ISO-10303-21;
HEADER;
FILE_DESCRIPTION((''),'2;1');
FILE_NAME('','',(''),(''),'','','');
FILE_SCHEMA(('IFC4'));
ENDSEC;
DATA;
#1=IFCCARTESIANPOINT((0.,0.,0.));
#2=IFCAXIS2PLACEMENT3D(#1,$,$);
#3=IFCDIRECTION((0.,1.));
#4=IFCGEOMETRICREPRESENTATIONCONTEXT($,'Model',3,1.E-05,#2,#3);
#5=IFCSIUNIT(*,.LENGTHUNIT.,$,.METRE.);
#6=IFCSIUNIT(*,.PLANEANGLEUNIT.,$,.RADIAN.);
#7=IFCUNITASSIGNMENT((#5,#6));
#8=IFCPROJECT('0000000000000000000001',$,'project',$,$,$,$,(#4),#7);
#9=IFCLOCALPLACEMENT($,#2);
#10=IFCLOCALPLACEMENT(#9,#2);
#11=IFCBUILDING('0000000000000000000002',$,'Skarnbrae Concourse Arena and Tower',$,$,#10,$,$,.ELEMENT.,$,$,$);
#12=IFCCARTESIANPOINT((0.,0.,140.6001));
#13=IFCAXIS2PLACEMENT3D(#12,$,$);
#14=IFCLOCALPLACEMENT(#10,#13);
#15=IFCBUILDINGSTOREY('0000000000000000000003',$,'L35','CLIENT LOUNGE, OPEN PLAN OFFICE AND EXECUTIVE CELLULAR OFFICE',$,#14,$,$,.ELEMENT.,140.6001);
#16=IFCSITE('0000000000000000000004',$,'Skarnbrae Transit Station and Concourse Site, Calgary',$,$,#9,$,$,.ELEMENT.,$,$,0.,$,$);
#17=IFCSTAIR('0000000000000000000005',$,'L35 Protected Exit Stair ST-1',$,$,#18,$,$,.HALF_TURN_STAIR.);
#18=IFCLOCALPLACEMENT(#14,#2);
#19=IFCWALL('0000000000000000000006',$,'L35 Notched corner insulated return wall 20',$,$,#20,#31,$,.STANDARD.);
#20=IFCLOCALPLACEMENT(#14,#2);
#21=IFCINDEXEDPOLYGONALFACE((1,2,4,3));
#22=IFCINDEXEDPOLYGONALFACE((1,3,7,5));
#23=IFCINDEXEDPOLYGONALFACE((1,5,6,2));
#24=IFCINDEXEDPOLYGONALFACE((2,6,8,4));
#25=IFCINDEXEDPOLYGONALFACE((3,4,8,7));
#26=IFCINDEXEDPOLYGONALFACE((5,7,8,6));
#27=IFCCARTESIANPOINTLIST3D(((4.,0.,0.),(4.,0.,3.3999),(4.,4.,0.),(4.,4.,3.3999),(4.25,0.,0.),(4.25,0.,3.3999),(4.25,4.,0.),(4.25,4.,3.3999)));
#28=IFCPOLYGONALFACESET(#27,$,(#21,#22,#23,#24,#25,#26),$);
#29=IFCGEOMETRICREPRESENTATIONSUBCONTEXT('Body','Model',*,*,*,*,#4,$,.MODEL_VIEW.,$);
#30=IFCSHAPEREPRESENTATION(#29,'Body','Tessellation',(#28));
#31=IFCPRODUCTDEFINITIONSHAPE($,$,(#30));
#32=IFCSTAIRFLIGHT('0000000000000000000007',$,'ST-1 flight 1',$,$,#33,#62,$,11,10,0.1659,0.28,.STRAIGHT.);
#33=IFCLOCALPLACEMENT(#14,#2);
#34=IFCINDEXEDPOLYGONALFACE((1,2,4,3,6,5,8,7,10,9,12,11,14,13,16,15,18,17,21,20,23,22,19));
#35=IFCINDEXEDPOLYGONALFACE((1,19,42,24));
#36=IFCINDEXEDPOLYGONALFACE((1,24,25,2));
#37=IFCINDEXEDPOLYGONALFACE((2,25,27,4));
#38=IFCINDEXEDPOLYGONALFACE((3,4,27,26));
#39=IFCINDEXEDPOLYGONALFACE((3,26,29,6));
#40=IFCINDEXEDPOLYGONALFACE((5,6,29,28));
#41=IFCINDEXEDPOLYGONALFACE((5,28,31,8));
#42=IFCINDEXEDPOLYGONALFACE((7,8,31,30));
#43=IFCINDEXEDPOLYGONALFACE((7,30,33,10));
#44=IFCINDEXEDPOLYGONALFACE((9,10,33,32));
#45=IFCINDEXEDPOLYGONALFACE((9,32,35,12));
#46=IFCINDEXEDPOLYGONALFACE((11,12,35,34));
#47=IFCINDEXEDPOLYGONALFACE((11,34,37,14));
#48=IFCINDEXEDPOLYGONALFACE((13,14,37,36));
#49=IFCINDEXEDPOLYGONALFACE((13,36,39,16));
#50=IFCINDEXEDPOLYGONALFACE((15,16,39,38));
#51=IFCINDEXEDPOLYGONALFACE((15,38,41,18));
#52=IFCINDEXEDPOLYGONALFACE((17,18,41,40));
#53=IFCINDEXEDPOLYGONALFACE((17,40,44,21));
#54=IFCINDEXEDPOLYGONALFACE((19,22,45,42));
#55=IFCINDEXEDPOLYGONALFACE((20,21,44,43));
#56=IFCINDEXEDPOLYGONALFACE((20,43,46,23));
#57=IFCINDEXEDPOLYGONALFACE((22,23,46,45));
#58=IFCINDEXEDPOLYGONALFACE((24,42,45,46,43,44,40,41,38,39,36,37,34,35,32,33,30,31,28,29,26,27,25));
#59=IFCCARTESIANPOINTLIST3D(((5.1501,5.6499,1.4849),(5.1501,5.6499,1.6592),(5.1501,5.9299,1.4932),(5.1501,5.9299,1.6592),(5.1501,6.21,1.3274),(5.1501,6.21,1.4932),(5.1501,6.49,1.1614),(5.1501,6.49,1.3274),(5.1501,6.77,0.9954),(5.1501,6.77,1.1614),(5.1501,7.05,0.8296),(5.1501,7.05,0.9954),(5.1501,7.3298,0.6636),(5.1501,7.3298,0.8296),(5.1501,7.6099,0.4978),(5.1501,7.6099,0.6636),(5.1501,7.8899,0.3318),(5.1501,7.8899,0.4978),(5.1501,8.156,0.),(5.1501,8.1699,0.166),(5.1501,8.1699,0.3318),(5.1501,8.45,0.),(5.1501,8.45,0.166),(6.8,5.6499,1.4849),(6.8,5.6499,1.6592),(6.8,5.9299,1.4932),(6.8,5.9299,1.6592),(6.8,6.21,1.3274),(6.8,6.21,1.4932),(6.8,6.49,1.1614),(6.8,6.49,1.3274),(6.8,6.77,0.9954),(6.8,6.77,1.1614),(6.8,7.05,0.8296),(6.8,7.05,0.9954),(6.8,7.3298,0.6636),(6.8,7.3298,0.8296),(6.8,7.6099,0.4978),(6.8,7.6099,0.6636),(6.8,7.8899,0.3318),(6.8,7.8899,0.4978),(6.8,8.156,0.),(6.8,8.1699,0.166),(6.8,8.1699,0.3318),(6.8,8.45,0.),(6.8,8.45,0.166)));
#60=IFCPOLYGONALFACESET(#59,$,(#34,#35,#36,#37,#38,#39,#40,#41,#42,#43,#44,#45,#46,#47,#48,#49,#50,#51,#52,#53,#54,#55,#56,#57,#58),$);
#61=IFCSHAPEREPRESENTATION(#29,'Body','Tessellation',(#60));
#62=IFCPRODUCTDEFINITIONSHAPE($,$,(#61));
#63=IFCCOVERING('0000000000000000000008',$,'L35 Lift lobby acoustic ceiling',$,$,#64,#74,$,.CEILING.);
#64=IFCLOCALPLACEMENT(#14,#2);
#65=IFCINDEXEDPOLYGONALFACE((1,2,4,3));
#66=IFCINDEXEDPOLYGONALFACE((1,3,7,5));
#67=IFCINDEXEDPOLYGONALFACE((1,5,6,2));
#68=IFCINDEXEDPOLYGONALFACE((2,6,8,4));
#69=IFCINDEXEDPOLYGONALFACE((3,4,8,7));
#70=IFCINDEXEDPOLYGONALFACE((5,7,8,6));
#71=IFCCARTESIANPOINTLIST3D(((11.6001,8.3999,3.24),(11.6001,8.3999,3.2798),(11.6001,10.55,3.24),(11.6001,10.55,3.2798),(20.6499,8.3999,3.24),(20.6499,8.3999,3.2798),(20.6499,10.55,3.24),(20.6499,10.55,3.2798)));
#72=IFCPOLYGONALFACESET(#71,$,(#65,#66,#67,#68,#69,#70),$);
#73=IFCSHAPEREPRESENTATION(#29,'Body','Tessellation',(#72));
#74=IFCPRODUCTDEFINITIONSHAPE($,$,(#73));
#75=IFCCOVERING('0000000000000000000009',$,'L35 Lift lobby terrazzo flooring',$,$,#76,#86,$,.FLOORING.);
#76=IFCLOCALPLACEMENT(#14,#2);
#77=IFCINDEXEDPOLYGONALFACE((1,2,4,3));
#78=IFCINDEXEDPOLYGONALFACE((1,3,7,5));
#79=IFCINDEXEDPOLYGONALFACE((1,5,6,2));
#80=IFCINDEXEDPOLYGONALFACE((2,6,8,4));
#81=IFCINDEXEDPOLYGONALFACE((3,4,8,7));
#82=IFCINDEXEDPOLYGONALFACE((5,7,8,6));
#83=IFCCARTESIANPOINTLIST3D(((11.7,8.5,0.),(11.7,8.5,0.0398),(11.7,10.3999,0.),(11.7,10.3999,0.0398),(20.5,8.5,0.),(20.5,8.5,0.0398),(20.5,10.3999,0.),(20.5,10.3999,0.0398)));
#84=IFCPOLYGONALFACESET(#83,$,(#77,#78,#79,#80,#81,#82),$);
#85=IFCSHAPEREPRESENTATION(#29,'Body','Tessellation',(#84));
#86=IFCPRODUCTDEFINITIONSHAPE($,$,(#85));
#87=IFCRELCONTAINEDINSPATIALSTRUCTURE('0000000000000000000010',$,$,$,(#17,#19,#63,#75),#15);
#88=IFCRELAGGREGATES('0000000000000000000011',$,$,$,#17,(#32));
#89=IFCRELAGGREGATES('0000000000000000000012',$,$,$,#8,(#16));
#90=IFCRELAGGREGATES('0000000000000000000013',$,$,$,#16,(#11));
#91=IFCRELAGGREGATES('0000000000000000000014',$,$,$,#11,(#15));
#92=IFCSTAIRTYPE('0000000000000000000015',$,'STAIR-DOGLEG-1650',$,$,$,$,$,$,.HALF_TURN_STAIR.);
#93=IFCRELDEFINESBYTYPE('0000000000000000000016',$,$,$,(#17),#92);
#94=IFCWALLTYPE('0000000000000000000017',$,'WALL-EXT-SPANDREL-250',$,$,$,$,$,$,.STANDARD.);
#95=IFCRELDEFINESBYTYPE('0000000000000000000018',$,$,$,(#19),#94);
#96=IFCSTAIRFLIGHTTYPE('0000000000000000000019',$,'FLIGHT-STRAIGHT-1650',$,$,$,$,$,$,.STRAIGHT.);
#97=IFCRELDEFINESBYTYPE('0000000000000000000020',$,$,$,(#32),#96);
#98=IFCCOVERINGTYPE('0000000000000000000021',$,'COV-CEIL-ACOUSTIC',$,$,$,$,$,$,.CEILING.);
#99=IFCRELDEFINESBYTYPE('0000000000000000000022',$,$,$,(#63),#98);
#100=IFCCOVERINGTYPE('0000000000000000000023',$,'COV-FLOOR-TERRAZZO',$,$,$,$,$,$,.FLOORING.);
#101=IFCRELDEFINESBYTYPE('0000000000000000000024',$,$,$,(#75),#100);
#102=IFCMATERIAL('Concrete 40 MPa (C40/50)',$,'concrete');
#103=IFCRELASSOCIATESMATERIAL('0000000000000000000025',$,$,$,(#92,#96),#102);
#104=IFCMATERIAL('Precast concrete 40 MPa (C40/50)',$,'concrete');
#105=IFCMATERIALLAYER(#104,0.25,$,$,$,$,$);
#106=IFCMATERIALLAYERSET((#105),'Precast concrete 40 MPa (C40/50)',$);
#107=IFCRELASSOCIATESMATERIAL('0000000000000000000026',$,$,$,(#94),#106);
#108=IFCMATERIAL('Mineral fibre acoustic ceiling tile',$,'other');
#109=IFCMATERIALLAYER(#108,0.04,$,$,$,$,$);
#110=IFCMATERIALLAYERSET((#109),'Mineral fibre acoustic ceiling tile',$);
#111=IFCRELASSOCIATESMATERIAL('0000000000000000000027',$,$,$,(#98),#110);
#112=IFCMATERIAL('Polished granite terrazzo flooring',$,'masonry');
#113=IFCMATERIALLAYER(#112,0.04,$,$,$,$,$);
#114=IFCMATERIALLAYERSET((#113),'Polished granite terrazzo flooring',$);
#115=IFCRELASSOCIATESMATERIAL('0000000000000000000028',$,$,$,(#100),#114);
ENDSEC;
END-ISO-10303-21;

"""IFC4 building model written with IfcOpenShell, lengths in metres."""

from ifc_helpers import new_model, si_unit, direction, frame, frame_2d, origin, place, context, subcontext, project, spatial, polyline, rectangle, outline, extrude, source, transform, mapped, material, layer, layer_set, type_object, element, aggregate, save


model = new_model("IFC4")

# Units and contexts
model_context = context("Model", 3, precision=1e-05, world=origin(), true_north=direction((0.0, 1.0)))
body_context = subcontext(model_context, "Body", "Model", "MODEL_VIEW")
ifc_project = project(units=[si_unit("LENGTHUNIT", "METRE"), si_unit("PLANEANGLEUNIT", "RADIAN")], contexts=[model_context])

# Site, building, storey
site_placement = place(None, origin())
site = spatial("IfcSite", under=ifc_project, at=site_placement, Name="Skarnbrae Transit Station and Concourse Site, Calgary", CompositionType="ELEMENT", RefElevation=0.0)
building_placement = place(site_placement, origin())
building = spatial("IfcBuilding", under=site, at=building_placement, Name="Skarnbrae Concourse Arena and Tower", CompositionType="ELEMENT")
storey_placement = place(building_placement, frame((0.0, 0.0, 140.6001)))
storey = spatial("IfcBuildingStorey", under=building, at=storey_placement, Name="L35", Description="CLIENT LOUNGE, OPEN PLAN OFFICE AND EXECUTIVE CELLULAR OFFICE", CompositionType="ELEMENT", Elevation=140.6001)

# Stair
ifc_material_1 = material(Name="Concrete 40 MPa (C40/50)", Category="concrete")
stair_type = type_object("IfcStairType", Name="STAIR-DOGLEG-1650", PredefinedType="HALF_TURN_STAIR", material=ifc_material_1)
stair_1_placement = place(storey_placement, origin())
stair_1 = element("IfcStair", 1, at=stair_1_placement, inside=storey, type_object=stair_type, Name="L35 Protected Exit Stair ST-1", PredefinedType="HALF_TURN_STAIR")

# Wall
ifc_material_2 = material(Name="Precast concrete 40 MPa (C40/50)", Category="concrete")
ifc_layer_1 = layer(ifc_material_2, 0.25)
ifc_layer_set_1 = layer_set([ifc_layer_1], Name="Precast concrete 40 MPa (C40/50)")
wall_type_1 = type_object("IfcWallType", Name="WALL-EXT-SPANDREL-250", PredefinedType="STANDARD", material=ifc_layer_set_1)
shared_shape_1 = source(origin(), body_context, "Body", "SweptSolid", [
    extrude(rectangle(XDim=4.0, YDim=0.25, at=frame_2d((2.0, 0.0))), origin(), (0.0, 0.0, 1.0), 3.3999),
])
for number, where, z_axis, x_axis, name in (
    (2, (4.125, 4.0, 0.0), (0.0, 0.0, 1.0), (0.0, -1.0, 0.0), "L35 Notched corner insulated return wall 20"),
):
    element("IfcWall", number, at=place(storey_placement, frame(where, z_axis=z_axis, x_axis=x_axis)), inside=storey, type_object=wall_type_1, Name=name, PredefinedType="STANDARD", context=body_context, shape_type="MappedRepresentation", body=[
        mapped(shared_shape_1, transform((0.0, 0.0, 0.0))),
    ])

# Stair flight
stair_flight_type = type_object("IfcStairFlightType", Name="FLIGHT-STRAIGHT-1650", PredefinedType="STRAIGHT", material=ifc_material_1)
shared_shape_2 = source(origin(), body_context, "Body", "SweptSolid", [
    extrude(outline(polyline([(0.0, 0.0), (0.0, 0.166), (0.28, 0.166), (0.28, 0.3318), (0.5601, 0.3318), (0.5601, 0.4978), (0.8401, 0.4978), (0.8401, 0.6636), (1.1201, 0.6636), (1.1201, 0.8296), (1.3999, 0.8296), (1.3999, 0.9954), (1.6799, 0.9954), (1.6799, 1.1614), (1.96, 1.1614), (1.96, 1.3274), (2.24, 1.3274), (2.24, 1.4932), (2.52, 1.4932), (2.52, 1.6592), (2.8, 1.6592), (2.8, 1.825), (2.8, 1.4849), (0.2939, 0.0), (0.0, 0.0)])), frame((0.0, 0.825, 0.0), z_axis=(0.0, -1.0, 0.0), x_axis=(1.0, 0.0, 0.0)), (0.0, 0.0, 1.0), 1.6499),
])
stair_flight_placement = place(storey_placement, frame((5.9751, 8.45, 0.0), z_axis=(0.0, 0.0, 1.0), x_axis=(0.0, -1.0, 0.0)))
stair_flight = element("IfcStairFlight", 3, at=stair_flight_placement, type_object=stair_flight_type, Name="ST-1 flight 1", NumberOfRisers=11, NumberOfTreads=10, PredefinedType="STRAIGHT", RiserHeight=0.1659, TreadLength=0.28, context=body_context, shape_type="MappedRepresentation", body=[
    mapped(shared_shape_2, transform((0.0, 0.0, 0.0))),
])
aggregate(stair_1, [stair_flight])

# Coverings
ifc_material_3 = material(Name="Mineral fibre acoustic ceiling tile", Category="other")
ifc_layer_2 = layer(ifc_material_3, 0.04)
ifc_layer_set_2 = layer_set([ifc_layer_2], Name="Mineral fibre acoustic ceiling tile")
covering_type_1 = type_object("IfcCoveringType", Name="COV-CEIL-ACOUSTIC", PredefinedType="CEILING", material=ifc_layer_set_2)
covering_1_placement = place(storey_placement, frame((0.0, 0.0, 3.24)))
element("IfcCovering", 4, at=covering_1_placement, inside=storey, type_object=covering_type_1, Name="L35 Lift lobby acoustic ceiling", PredefinedType="CEILING", context=body_context, shape_type="SweptSolid", body=[
    extrude(outline(polyline([(11.6001, 8.3999), (20.6499, 8.3999), (20.6499, 10.55), (11.6001, 10.55), (11.6001, 8.3999)])), origin(), (0.0, 0.0, 1.0), 0.0398),
])
ifc_material_4 = material(Name="Polished granite terrazzo flooring", Category="masonry")
ifc_layer_3 = layer(ifc_material_4, 0.04)
ifc_layer_set_3 = layer_set([ifc_layer_3], Name="Polished granite terrazzo flooring")
covering_type_2 = type_object("IfcCoveringType", Name="COV-FLOOR-TERRAZZO", PredefinedType="FLOORING", material=ifc_layer_set_3)
covering_2_placement = place(storey_placement, origin())
element("IfcCovering", 5, at=covering_2_placement, inside=storey, type_object=covering_type_2, Name="L35 Lift lobby terrazzo flooring", PredefinedType="FLOORING", context=body_context, shape_type="SweptSolid", body=[
    extrude(outline(polyline([(11.7, 8.5), (20.5, 8.5), (20.5, 10.3999), (11.7, 10.3999), (11.7, 8.5)])), origin(), (0.0, 0.0, 1.0), 0.0398),
])

save(model, "model.ifc")
